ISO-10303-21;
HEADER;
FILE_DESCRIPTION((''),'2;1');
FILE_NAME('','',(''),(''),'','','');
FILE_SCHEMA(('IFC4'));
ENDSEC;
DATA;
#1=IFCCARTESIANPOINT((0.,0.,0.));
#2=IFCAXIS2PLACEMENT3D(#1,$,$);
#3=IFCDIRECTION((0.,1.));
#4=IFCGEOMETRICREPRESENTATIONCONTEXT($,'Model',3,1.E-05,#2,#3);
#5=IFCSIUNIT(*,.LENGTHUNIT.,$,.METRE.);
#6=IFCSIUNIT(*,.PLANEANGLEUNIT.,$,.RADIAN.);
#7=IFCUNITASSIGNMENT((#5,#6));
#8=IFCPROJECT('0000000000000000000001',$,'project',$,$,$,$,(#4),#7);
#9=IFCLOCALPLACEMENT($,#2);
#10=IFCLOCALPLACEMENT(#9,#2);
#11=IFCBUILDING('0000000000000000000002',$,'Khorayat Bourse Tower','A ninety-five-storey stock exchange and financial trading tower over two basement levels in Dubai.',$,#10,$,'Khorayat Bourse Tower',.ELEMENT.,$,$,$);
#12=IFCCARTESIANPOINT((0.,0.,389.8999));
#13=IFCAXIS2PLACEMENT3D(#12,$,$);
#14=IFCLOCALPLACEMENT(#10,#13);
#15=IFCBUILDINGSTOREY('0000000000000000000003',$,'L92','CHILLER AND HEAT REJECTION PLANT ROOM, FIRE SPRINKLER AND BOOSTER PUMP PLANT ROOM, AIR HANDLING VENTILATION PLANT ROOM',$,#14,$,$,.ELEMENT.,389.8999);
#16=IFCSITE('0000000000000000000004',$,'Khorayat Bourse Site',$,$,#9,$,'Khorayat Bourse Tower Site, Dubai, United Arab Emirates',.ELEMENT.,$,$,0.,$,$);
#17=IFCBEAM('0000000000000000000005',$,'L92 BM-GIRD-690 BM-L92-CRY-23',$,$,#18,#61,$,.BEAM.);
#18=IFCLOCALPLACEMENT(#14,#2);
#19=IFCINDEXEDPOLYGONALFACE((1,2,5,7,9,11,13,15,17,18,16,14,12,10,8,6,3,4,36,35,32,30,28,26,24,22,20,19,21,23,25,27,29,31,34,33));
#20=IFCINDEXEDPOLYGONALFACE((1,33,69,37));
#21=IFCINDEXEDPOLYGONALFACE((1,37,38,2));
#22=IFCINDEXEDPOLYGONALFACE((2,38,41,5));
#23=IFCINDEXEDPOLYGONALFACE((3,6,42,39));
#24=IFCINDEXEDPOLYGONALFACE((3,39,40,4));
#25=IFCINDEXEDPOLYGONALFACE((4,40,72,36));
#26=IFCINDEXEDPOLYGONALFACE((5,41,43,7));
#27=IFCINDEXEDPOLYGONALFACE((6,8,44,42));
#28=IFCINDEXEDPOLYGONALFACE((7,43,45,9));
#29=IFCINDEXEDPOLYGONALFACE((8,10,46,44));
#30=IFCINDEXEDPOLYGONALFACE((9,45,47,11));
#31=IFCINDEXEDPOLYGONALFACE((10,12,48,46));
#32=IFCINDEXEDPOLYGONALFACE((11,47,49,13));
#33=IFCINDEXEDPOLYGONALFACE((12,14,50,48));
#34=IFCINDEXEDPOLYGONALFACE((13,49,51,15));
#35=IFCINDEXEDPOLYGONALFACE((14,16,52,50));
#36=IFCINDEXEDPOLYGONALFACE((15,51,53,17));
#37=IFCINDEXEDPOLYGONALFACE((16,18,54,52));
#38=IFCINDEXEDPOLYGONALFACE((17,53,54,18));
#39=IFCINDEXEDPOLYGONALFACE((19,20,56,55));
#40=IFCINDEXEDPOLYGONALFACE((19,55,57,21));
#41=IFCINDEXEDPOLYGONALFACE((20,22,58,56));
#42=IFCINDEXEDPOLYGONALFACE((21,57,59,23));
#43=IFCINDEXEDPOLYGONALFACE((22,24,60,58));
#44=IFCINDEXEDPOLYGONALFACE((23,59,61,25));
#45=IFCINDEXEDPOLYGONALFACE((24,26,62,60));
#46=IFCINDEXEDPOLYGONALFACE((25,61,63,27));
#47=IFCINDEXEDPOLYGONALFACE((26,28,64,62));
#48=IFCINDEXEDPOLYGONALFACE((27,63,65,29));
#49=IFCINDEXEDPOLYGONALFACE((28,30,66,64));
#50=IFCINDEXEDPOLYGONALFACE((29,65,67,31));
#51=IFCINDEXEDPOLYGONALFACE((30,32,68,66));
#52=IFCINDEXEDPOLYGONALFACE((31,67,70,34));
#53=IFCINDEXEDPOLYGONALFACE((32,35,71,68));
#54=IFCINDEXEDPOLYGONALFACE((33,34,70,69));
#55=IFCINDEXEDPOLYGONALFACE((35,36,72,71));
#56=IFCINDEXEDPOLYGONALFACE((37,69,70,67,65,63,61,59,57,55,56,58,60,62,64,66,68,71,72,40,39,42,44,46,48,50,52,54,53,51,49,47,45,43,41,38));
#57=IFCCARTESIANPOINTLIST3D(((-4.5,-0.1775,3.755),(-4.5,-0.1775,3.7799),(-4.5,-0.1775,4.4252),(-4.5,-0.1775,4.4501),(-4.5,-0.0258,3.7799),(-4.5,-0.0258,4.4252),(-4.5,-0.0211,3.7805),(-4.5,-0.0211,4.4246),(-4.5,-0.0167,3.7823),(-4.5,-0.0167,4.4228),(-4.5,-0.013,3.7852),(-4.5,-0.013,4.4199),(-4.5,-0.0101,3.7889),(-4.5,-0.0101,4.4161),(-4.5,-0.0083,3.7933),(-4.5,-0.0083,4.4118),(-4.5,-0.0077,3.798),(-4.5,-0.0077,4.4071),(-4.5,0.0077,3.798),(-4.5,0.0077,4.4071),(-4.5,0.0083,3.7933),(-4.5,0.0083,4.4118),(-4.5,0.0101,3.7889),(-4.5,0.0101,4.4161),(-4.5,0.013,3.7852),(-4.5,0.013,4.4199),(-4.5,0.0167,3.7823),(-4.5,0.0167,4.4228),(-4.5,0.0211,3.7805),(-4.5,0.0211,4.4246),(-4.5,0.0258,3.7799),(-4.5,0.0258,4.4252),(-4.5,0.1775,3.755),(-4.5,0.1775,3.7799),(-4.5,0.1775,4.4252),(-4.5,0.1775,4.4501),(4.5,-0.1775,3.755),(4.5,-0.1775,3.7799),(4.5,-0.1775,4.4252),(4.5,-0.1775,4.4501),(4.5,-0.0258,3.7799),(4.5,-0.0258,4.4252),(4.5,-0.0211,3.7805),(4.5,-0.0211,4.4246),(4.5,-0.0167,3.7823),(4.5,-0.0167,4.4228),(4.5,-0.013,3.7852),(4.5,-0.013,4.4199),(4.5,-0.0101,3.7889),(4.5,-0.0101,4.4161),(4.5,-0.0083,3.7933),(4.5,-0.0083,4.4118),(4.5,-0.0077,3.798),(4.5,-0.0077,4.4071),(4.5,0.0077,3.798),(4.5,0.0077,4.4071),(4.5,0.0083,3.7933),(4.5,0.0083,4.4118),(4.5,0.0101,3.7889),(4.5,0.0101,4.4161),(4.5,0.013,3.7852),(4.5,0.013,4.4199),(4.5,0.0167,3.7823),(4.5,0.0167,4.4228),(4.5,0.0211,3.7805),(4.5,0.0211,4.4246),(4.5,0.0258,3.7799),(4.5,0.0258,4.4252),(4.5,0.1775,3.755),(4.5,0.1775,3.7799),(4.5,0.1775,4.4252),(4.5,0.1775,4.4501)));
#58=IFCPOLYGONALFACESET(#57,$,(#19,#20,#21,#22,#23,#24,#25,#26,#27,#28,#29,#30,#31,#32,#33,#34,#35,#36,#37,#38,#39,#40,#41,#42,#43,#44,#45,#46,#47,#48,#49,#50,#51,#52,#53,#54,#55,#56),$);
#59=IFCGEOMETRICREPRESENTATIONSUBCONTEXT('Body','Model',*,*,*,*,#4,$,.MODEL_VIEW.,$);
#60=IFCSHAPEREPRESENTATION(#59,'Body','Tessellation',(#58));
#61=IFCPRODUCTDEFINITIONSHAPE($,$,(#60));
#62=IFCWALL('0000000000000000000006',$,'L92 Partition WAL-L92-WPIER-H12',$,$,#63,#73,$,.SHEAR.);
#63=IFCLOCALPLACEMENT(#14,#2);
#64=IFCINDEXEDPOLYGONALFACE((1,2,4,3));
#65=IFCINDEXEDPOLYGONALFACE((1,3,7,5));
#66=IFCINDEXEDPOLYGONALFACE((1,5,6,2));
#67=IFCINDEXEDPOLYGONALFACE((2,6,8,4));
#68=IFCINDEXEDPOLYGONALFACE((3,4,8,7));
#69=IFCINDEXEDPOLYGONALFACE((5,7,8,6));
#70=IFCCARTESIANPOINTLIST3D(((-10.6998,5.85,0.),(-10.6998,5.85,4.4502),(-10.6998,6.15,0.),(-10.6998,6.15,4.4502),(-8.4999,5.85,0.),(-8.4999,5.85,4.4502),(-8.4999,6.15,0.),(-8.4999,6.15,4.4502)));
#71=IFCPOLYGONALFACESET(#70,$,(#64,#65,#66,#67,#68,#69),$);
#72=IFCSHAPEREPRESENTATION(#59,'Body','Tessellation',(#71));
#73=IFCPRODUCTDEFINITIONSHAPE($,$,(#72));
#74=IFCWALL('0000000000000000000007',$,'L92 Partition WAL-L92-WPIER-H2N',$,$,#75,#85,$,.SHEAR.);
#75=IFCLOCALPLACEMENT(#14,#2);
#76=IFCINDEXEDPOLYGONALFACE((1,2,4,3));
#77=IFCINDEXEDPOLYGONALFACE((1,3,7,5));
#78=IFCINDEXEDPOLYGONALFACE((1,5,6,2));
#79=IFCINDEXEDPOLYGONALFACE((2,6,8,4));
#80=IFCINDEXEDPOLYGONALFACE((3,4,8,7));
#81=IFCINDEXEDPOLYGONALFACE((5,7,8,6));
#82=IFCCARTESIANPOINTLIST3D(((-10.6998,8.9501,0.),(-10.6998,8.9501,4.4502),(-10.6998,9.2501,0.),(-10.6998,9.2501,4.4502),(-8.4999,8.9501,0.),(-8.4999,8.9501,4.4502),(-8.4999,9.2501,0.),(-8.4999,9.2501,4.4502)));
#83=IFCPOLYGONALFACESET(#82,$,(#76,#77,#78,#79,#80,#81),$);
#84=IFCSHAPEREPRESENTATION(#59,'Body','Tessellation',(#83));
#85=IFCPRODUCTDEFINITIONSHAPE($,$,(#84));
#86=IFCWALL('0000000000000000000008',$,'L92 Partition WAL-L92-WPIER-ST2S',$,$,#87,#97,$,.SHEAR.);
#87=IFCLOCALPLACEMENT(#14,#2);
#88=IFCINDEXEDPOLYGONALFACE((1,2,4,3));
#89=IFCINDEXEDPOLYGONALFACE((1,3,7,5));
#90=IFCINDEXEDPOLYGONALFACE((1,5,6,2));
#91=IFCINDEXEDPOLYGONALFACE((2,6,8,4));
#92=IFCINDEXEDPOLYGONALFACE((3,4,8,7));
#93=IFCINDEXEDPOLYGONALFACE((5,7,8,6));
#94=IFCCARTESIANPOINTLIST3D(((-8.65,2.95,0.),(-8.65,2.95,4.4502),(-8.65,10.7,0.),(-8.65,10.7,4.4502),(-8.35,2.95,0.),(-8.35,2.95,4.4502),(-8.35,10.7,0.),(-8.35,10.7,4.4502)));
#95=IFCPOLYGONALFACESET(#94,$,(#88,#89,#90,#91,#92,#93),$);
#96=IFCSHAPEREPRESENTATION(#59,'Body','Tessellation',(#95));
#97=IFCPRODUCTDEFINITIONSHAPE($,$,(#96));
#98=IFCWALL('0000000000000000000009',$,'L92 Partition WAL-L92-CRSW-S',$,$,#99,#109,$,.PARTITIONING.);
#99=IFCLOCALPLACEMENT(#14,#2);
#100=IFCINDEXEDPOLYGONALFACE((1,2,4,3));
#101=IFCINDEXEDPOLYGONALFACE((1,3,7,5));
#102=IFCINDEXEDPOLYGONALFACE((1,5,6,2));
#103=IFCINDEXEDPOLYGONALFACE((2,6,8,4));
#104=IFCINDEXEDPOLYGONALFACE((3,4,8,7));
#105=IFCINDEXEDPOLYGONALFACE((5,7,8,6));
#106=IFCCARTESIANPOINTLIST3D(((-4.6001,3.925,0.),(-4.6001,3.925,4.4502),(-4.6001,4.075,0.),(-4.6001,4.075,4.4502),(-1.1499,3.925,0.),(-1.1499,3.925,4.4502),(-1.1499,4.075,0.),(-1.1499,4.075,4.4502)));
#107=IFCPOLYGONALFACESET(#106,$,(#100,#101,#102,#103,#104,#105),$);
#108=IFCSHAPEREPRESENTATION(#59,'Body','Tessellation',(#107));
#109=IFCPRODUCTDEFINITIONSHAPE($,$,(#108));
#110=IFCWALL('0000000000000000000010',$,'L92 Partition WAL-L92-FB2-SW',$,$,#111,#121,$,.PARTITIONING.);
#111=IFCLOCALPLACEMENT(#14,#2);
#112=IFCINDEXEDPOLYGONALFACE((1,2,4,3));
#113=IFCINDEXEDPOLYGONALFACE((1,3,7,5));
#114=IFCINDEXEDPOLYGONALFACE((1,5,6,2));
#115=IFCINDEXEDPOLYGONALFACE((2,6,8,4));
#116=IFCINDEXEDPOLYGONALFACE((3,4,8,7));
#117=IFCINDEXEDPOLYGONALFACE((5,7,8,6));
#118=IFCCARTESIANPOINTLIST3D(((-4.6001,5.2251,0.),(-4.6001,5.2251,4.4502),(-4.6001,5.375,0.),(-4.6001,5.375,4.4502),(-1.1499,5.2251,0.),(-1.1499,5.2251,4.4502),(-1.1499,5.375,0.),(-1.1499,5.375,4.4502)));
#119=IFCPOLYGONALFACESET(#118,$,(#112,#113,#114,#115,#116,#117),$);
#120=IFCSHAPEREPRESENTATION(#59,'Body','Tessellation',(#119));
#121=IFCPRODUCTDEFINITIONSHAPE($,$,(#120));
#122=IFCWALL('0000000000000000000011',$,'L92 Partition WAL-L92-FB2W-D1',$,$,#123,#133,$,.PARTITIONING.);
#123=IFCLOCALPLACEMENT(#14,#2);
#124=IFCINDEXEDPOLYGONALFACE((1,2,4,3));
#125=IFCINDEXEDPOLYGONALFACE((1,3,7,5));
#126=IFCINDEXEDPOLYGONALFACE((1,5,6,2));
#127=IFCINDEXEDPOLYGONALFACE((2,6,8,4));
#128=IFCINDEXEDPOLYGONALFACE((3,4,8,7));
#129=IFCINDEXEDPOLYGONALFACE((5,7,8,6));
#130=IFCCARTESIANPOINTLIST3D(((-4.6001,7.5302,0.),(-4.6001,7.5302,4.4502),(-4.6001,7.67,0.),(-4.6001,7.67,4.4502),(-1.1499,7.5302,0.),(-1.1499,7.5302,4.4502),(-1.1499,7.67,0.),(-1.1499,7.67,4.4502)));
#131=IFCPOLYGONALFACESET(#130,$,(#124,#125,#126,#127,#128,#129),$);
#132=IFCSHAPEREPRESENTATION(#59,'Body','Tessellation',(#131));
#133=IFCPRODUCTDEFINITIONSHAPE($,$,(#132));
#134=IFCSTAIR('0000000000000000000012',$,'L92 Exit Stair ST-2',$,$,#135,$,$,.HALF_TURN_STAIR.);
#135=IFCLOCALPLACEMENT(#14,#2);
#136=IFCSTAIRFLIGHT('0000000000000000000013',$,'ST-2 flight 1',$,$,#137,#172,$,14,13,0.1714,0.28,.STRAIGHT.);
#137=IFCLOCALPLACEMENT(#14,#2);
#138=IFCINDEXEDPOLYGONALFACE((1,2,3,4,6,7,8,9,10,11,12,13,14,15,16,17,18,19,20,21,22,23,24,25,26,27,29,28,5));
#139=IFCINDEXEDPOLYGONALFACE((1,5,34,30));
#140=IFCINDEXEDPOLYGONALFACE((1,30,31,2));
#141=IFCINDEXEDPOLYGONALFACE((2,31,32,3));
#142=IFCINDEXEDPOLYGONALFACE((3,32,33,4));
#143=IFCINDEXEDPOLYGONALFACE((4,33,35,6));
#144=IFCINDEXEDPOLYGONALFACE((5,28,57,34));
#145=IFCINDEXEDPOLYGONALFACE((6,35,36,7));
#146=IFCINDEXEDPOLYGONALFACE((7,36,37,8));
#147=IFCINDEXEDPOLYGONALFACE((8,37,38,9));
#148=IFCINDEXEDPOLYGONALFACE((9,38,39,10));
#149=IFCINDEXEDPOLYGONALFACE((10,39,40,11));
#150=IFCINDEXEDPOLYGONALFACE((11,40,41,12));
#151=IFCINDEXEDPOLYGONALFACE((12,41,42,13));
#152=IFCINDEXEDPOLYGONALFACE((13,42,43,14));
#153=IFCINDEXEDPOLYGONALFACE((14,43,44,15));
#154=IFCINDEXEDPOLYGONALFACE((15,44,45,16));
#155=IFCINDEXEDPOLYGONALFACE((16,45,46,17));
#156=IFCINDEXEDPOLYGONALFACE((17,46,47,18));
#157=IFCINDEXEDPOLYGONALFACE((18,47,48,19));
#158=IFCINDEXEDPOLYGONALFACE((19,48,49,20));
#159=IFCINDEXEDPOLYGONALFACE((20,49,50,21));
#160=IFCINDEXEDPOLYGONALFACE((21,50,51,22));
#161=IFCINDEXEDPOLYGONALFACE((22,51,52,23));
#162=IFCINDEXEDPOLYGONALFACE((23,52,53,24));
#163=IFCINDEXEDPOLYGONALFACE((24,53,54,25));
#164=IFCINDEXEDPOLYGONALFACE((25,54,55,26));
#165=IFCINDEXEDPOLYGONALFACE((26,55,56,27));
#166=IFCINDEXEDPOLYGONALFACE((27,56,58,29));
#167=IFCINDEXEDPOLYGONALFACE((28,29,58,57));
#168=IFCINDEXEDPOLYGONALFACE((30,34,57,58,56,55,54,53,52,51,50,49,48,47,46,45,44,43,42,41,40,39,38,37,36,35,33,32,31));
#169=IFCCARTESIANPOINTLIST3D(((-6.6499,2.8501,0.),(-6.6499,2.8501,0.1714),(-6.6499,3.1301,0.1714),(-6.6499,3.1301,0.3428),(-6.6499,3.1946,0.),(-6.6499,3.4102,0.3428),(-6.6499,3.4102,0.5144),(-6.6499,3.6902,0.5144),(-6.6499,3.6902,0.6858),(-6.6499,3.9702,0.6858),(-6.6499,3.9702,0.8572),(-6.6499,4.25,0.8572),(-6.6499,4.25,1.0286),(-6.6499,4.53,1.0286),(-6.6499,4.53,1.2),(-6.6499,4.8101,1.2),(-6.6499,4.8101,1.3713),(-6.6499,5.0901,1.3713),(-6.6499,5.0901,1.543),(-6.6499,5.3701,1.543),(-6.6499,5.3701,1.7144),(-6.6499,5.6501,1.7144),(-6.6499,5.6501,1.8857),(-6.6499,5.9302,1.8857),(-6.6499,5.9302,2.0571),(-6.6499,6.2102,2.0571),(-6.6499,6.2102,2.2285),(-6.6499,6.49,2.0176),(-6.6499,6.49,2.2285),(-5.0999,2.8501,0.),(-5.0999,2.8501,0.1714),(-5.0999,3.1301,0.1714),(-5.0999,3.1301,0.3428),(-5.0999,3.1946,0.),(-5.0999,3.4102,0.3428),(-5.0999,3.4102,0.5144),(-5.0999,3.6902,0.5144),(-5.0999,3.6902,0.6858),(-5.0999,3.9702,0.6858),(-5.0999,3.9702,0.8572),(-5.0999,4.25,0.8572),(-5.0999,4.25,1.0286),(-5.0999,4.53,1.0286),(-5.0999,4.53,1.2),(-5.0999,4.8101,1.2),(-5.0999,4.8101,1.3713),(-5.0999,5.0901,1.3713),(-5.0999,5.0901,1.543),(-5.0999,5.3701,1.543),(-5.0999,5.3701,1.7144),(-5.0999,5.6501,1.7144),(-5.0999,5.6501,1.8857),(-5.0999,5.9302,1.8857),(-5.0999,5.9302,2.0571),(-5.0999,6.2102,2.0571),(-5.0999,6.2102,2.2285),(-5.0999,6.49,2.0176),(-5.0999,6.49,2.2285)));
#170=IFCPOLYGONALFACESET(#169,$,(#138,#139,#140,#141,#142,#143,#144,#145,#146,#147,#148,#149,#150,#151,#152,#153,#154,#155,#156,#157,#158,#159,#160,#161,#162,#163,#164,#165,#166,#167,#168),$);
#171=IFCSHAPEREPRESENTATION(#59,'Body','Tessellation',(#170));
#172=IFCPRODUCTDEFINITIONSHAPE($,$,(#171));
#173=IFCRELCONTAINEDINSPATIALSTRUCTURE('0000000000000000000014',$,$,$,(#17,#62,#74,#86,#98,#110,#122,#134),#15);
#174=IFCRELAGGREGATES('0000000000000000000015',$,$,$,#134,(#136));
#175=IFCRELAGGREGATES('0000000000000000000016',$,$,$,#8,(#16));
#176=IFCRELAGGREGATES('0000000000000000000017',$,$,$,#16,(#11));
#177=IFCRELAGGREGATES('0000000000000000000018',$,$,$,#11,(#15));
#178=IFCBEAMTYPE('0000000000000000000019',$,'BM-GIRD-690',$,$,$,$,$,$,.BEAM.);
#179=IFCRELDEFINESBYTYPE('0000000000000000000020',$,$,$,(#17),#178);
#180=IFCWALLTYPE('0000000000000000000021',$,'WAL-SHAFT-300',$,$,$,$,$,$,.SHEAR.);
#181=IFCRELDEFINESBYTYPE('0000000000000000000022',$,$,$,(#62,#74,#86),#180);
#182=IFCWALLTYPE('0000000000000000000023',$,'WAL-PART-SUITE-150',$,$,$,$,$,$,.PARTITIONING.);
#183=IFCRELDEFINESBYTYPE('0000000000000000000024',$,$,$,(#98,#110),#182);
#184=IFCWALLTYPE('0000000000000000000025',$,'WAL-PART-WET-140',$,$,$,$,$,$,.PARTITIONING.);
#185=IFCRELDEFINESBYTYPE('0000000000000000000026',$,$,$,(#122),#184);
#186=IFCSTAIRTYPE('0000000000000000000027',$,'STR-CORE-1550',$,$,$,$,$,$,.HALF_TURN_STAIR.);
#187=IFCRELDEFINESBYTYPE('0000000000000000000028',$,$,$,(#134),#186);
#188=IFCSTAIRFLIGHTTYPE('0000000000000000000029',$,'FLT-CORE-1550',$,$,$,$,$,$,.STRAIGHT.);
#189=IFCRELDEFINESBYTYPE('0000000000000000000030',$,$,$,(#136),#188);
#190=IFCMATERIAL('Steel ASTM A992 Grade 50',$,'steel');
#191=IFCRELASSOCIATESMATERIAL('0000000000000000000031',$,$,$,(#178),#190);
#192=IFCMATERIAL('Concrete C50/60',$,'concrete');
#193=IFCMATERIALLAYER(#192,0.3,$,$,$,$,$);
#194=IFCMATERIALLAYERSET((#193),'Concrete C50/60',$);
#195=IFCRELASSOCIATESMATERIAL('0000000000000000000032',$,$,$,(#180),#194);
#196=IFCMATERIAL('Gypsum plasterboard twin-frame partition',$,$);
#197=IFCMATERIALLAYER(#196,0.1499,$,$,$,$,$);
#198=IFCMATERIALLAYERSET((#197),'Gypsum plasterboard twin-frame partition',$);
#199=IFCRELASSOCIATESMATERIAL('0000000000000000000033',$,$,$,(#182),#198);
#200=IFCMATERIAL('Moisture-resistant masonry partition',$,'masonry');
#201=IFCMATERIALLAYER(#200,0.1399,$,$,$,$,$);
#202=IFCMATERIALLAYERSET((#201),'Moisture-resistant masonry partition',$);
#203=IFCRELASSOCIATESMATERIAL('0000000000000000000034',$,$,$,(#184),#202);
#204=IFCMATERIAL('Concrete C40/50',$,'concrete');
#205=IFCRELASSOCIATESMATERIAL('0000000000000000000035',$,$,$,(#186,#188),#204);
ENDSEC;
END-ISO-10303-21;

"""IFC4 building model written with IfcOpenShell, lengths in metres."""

from ifc_helpers import new_model, si_unit, direction, frame, frame_2d, origin, origin_2d, place, context, subcontext, project, spatial, polyline, rectangle, i_section, outline, extrude, source, transform, mapped, material, layer, layer_set, material_profile, profile_set, type_object, element, aggregate, save


model = new_model("IFC4")

# Units and contexts
model_context = context("Model", 3, precision=1e-05, world=origin(), true_north=direction((0.0, 1.0)))
body_context = subcontext(model_context, "Body", "Model", "MODEL_VIEW")
ifc_project = project(units=[si_unit("LENGTHUNIT", "METRE"), si_unit("PLANEANGLEUNIT", "RADIAN")], contexts=[model_context])

# Site, building, storey
site_placement = place(None, origin())
site = spatial("IfcSite", under=ifc_project, at=site_placement, Name="Khorayat Bourse Site", LongName="Khorayat Bourse Tower Site, Dubai, United Arab Emirates", CompositionType="ELEMENT", RefElevation=0.0)
building_placement = place(site_placement, origin())
building = spatial("IfcBuilding", under=site, at=building_placement, Name="Khorayat Bourse Tower", Description="A ninety-five-storey stock exchange and financial trading tower over two basement levels in Dubai.", LongName="Khorayat Bourse Tower", CompositionType="ELEMENT")
storey_placement = place(building_placement, frame((0.0, 0.0, 389.8999)))
storey = spatial("IfcBuildingStorey", under=building, at=storey_placement, Name="L92", Description="CHILLER AND HEAT REJECTION PLANT ROOM, FIRE SPRINKLER AND BOOSTER PUMP PLANT ROOM, AIR HANDLING VENTILATION PLANT ROOM", CompositionType="ELEMENT", Elevation=389.8999)

# Beam
ifc_material_1 = material(Name="Steel ASTM A992 Grade 50", Category="steel")
ifc_material_profile_1 = material_profile(ifc_material_1, i_section(OverallWidth=0.355, OverallDepth=0.6951, WebThickness=0.0154, FlangeThickness=0.0249, FilletRadius=0.0181, at=origin_2d()), Name="W690X217")
ifc_profile_set_1 = profile_set([ifc_material_profile_1], Name="Steel ASTM A992 Grade 50")
beam_type = type_object("IfcBeamType", Name="BM-GIRD-690", PredefinedType="BEAM", material=ifc_profile_set_1)
shared_shape_1 = source(origin(), body_context, "Body", "SweptSolid", [
    extrude(i_section(OverallWidth=0.355, OverallDepth=0.6951, WebThickness=0.0154, FlangeThickness=0.0249, FilletRadius=0.0181, at=origin_2d()), origin(), (0.0, 0.0, 1.0), 9.0),
])
beam_1_placement = place(storey_placement, frame((-4.5, 0.0, 4.1025), z_axis=(1.0, 0.0, 0.0), x_axis=(0.0, 1.0, 0.0)))
element("IfcBeam", 1, at=beam_1_placement, inside=storey, type_object=beam_type, Name="L92 BM-GIRD-690 BM-L92-CRY-23", PredefinedType="BEAM", context=body_context, shape_type="MappedRepresentation", body=[
    mapped(shared_shape_1, transform((0.0, 0.0, 0.0), scale=1.0)),
])

# Walls
ifc_material_2 = material(Name="Concrete C50/60", Category="concrete")
ifc_layer_1 = layer(ifc_material_2, 0.3)
ifc_layer_set_1 = layer_set([ifc_layer_1], Name="Concrete C50/60")
wall_type_1 = type_object("IfcWallType", Name="WAL-SHAFT-300", PredefinedType="SHEAR", material=ifc_layer_set_1)
shared_shape_2 = source(origin(), body_context, "Body", "SweptSolid", [
    extrude(rectangle(XDim=2.2, YDim=0.3, at=frame_2d((1.1001, 0.0))), origin(), (0.0, 0.0, 1.0), 4.4502),
])
for number, where, z_axis, x_axis, name in (
    (2, (-10.7, 6.0, 0.0), (0.0, 0.0, 1.0), (1.0, 0.0, 0.0), "L92 Partition WAL-L92-WPIER-H12"),
    (3, (-10.7, 9.1001, 0.0), (0.0, 0.0, 1.0), (1.0, 0.0, 0.0), "L92 Partition WAL-L92-WPIER-H2N"),
):
    element("IfcWall", number, at=place(storey_placement, frame(where, z_axis=z_axis, x_axis=x_axis)), inside=storey, type_object=wall_type_1, Name=name, PredefinedType="SHEAR", context=body_context, shape_type="MappedRepresentation", body=[
        mapped(shared_shape_2, transform((0.0, 0.0, 0.0), scale=1.0)),
    ])
shared_shape_3 = source(origin(), body_context, "Body", "SweptSolid", [
    extrude(rectangle(XDim=7.75, YDim=0.3, at=frame_2d((3.875, 0.0))), origin(), (0.0, 0.0, 1.0), 4.4502),
])
wall_1_placement = place(storey_placement, frame((-8.5, 2.95, 0.0), z_axis=(0.0, 0.0, 1.0), x_axis=(0.0, 1.0, 0.0)))
element("IfcWall", 4, at=wall_1_placement, inside=storey, type_object=wall_type_1, Name="L92 Partition WAL-L92-WPIER-ST2S", PredefinedType="SHEAR", context=body_context, shape_type="MappedRepresentation", body=[
    mapped(shared_shape_3, transform((0.0, 0.0, 0.0), scale=1.0)),
])
ifc_material_3 = material(Name="Gypsum plasterboard twin-frame partition")
ifc_layer_2 = layer(ifc_material_3, 0.1499)
ifc_layer_set_2 = layer_set([ifc_layer_2], Name="Gypsum plasterboard twin-frame partition")
wall_type_2 = type_object("IfcWallType", Name="WAL-PART-SUITE-150", PredefinedType="PARTITIONING", material=ifc_layer_set_2)
shared_shape_4 = source(origin(), body_context, "Body", "SweptSolid", [
    extrude(rectangle(XDim=3.4502, YDim=0.1499, at=frame_2d((1.7251, 0.0))), origin(), (0.0, 0.0, 1.0), 4.4502),
])
for number, where, z_axis, x_axis, name in (
    (5, (-4.6001, 4.0, 0.0), (0.0, 0.0, 1.0), (1.0, 0.0, 0.0), "L92 Partition WAL-L92-CRSW-S"),
    (6, (-4.6001, 5.3, 0.0), (0.0, 0.0, 1.0), (1.0, 0.0, 0.0), "L92 Partition WAL-L92-FB2-SW"),
):
    element("IfcWall", number, at=place(storey_placement, frame(where, z_axis=z_axis, x_axis=x_axis)), inside=storey, type_object=wall_type_2, Name=name, PredefinedType="PARTITIONING", context=body_context, shape_type="MappedRepresentation", body=[
        mapped(shared_shape_4, transform((0.0, 0.0, 0.0), scale=1.0)),
    ])
ifc_material_4 = material(Name="Moisture-resistant masonry partition", Category="masonry")
ifc_layer_3 = layer(ifc_material_4, 0.1399)
ifc_layer_set_3 = layer_set([ifc_layer_3], Name="Moisture-resistant masonry partition")
wall_type_3 = type_object("IfcWallType", Name="WAL-PART-WET-140", PredefinedType="PARTITIONING", material=ifc_layer_set_3)
shared_shape_5 = source(origin(), body_context, "Body", "SweptSolid", [
    extrude(rectangle(XDim=3.4502, YDim=0.1399, at=frame_2d((1.7251, 0.0))), origin(), (0.0, 0.0, 1.0), 4.4502),
])
wall_2_placement = place(storey_placement, frame((-4.6001, 7.6001, 0.0), z_axis=(0.0, 0.0, 1.0), x_axis=(1.0, 0.0, 0.0)))
element("IfcWall", 7, at=wall_2_placement, inside=storey, type_object=wall_type_3, Name="L92 Partition WAL-L92-FB2W-D1", PredefinedType="PARTITIONING", context=body_context, shape_type="MappedRepresentation", body=[
    mapped(shared_shape_5, transform((0.0, 0.0, 0.0), scale=1.0)),
])

# Stair, stair flight
ifc_material_5 = material(Name="Concrete C40/50", Category="concrete")
stair_type = type_object("IfcStairType", Name="STR-CORE-1550", PredefinedType="HALF_TURN_STAIR", material=ifc_material_5)
stair_placement = place(storey_placement, origin())
stair = element("IfcStair", 8, at=stair_placement, inside=storey, type_object=stair_type, Name="L92 Exit Stair ST-2", PredefinedType="HALF_TURN_STAIR")
stair_flight_type = type_object("IfcStairFlightType", Name="FLT-CORE-1550", PredefinedType="STRAIGHT", material=ifc_material_5)
shared_shape_6 = source(origin(), body_context, "Body", "SweptSolid", [
    extrude(outline(polyline([(0.0, 0.0), (0.0, 0.1714), (0.28, 0.1714), (0.28, 0.3428), (0.5601, 0.3428), (0.5601, 0.5144), (0.8401, 0.5144), (0.8401, 0.6858), (1.1201, 0.6858), (1.1201, 0.8572), (1.3999, 0.8572), (1.3999, 1.0286), (1.6799, 1.0286), (1.6799, 1.2), (1.96, 1.2), (1.96, 1.3713), (2.24, 1.3713), (2.24, 1.543), (2.52, 1.543), (2.52, 1.7144), (2.8, 1.7144), (2.8, 1.8857), (3.0801, 1.8857), (3.0801, 2.0571), (3.3601, 2.0571), (3.3601, 2.2285), (3.6399, 2.2285), (3.6399, 2.3999), (3.6399, 2.0176), (0.3445, 0.0), (0.0, 0.0)])), frame((0.0, 0.7749, 0.0), z_axis=(0.0, -1.0, 0.0), x_axis=(1.0, 0.0, 0.0)), (0.0, 0.0, 1.0), 1.55),
])
stair_flight_1_placement = place(storey_placement, frame((-5.875, 2.8501, 0.0), z_axis=(0.0, 0.0, 1.0), x_axis=(0.0, 1.0, 0.0)))
stair_flight_1 = element("IfcStairFlight", 9, at=stair_flight_1_placement, type_object=stair_flight_type, Name="ST-2 flight 1", NumberOfRisers=14, NumberOfTreads=13, PredefinedType="STRAIGHT", RiserHeight=0.1714, TreadLength=0.28, context=body_context, shape_type="MappedRepresentation", body=[
    mapped(shared_shape_6, transform((0.0, 0.0, 0.0), scale=1.0)),
])
aggregate(stair, [stair_flight_1])

save(model, "model.ifc")
